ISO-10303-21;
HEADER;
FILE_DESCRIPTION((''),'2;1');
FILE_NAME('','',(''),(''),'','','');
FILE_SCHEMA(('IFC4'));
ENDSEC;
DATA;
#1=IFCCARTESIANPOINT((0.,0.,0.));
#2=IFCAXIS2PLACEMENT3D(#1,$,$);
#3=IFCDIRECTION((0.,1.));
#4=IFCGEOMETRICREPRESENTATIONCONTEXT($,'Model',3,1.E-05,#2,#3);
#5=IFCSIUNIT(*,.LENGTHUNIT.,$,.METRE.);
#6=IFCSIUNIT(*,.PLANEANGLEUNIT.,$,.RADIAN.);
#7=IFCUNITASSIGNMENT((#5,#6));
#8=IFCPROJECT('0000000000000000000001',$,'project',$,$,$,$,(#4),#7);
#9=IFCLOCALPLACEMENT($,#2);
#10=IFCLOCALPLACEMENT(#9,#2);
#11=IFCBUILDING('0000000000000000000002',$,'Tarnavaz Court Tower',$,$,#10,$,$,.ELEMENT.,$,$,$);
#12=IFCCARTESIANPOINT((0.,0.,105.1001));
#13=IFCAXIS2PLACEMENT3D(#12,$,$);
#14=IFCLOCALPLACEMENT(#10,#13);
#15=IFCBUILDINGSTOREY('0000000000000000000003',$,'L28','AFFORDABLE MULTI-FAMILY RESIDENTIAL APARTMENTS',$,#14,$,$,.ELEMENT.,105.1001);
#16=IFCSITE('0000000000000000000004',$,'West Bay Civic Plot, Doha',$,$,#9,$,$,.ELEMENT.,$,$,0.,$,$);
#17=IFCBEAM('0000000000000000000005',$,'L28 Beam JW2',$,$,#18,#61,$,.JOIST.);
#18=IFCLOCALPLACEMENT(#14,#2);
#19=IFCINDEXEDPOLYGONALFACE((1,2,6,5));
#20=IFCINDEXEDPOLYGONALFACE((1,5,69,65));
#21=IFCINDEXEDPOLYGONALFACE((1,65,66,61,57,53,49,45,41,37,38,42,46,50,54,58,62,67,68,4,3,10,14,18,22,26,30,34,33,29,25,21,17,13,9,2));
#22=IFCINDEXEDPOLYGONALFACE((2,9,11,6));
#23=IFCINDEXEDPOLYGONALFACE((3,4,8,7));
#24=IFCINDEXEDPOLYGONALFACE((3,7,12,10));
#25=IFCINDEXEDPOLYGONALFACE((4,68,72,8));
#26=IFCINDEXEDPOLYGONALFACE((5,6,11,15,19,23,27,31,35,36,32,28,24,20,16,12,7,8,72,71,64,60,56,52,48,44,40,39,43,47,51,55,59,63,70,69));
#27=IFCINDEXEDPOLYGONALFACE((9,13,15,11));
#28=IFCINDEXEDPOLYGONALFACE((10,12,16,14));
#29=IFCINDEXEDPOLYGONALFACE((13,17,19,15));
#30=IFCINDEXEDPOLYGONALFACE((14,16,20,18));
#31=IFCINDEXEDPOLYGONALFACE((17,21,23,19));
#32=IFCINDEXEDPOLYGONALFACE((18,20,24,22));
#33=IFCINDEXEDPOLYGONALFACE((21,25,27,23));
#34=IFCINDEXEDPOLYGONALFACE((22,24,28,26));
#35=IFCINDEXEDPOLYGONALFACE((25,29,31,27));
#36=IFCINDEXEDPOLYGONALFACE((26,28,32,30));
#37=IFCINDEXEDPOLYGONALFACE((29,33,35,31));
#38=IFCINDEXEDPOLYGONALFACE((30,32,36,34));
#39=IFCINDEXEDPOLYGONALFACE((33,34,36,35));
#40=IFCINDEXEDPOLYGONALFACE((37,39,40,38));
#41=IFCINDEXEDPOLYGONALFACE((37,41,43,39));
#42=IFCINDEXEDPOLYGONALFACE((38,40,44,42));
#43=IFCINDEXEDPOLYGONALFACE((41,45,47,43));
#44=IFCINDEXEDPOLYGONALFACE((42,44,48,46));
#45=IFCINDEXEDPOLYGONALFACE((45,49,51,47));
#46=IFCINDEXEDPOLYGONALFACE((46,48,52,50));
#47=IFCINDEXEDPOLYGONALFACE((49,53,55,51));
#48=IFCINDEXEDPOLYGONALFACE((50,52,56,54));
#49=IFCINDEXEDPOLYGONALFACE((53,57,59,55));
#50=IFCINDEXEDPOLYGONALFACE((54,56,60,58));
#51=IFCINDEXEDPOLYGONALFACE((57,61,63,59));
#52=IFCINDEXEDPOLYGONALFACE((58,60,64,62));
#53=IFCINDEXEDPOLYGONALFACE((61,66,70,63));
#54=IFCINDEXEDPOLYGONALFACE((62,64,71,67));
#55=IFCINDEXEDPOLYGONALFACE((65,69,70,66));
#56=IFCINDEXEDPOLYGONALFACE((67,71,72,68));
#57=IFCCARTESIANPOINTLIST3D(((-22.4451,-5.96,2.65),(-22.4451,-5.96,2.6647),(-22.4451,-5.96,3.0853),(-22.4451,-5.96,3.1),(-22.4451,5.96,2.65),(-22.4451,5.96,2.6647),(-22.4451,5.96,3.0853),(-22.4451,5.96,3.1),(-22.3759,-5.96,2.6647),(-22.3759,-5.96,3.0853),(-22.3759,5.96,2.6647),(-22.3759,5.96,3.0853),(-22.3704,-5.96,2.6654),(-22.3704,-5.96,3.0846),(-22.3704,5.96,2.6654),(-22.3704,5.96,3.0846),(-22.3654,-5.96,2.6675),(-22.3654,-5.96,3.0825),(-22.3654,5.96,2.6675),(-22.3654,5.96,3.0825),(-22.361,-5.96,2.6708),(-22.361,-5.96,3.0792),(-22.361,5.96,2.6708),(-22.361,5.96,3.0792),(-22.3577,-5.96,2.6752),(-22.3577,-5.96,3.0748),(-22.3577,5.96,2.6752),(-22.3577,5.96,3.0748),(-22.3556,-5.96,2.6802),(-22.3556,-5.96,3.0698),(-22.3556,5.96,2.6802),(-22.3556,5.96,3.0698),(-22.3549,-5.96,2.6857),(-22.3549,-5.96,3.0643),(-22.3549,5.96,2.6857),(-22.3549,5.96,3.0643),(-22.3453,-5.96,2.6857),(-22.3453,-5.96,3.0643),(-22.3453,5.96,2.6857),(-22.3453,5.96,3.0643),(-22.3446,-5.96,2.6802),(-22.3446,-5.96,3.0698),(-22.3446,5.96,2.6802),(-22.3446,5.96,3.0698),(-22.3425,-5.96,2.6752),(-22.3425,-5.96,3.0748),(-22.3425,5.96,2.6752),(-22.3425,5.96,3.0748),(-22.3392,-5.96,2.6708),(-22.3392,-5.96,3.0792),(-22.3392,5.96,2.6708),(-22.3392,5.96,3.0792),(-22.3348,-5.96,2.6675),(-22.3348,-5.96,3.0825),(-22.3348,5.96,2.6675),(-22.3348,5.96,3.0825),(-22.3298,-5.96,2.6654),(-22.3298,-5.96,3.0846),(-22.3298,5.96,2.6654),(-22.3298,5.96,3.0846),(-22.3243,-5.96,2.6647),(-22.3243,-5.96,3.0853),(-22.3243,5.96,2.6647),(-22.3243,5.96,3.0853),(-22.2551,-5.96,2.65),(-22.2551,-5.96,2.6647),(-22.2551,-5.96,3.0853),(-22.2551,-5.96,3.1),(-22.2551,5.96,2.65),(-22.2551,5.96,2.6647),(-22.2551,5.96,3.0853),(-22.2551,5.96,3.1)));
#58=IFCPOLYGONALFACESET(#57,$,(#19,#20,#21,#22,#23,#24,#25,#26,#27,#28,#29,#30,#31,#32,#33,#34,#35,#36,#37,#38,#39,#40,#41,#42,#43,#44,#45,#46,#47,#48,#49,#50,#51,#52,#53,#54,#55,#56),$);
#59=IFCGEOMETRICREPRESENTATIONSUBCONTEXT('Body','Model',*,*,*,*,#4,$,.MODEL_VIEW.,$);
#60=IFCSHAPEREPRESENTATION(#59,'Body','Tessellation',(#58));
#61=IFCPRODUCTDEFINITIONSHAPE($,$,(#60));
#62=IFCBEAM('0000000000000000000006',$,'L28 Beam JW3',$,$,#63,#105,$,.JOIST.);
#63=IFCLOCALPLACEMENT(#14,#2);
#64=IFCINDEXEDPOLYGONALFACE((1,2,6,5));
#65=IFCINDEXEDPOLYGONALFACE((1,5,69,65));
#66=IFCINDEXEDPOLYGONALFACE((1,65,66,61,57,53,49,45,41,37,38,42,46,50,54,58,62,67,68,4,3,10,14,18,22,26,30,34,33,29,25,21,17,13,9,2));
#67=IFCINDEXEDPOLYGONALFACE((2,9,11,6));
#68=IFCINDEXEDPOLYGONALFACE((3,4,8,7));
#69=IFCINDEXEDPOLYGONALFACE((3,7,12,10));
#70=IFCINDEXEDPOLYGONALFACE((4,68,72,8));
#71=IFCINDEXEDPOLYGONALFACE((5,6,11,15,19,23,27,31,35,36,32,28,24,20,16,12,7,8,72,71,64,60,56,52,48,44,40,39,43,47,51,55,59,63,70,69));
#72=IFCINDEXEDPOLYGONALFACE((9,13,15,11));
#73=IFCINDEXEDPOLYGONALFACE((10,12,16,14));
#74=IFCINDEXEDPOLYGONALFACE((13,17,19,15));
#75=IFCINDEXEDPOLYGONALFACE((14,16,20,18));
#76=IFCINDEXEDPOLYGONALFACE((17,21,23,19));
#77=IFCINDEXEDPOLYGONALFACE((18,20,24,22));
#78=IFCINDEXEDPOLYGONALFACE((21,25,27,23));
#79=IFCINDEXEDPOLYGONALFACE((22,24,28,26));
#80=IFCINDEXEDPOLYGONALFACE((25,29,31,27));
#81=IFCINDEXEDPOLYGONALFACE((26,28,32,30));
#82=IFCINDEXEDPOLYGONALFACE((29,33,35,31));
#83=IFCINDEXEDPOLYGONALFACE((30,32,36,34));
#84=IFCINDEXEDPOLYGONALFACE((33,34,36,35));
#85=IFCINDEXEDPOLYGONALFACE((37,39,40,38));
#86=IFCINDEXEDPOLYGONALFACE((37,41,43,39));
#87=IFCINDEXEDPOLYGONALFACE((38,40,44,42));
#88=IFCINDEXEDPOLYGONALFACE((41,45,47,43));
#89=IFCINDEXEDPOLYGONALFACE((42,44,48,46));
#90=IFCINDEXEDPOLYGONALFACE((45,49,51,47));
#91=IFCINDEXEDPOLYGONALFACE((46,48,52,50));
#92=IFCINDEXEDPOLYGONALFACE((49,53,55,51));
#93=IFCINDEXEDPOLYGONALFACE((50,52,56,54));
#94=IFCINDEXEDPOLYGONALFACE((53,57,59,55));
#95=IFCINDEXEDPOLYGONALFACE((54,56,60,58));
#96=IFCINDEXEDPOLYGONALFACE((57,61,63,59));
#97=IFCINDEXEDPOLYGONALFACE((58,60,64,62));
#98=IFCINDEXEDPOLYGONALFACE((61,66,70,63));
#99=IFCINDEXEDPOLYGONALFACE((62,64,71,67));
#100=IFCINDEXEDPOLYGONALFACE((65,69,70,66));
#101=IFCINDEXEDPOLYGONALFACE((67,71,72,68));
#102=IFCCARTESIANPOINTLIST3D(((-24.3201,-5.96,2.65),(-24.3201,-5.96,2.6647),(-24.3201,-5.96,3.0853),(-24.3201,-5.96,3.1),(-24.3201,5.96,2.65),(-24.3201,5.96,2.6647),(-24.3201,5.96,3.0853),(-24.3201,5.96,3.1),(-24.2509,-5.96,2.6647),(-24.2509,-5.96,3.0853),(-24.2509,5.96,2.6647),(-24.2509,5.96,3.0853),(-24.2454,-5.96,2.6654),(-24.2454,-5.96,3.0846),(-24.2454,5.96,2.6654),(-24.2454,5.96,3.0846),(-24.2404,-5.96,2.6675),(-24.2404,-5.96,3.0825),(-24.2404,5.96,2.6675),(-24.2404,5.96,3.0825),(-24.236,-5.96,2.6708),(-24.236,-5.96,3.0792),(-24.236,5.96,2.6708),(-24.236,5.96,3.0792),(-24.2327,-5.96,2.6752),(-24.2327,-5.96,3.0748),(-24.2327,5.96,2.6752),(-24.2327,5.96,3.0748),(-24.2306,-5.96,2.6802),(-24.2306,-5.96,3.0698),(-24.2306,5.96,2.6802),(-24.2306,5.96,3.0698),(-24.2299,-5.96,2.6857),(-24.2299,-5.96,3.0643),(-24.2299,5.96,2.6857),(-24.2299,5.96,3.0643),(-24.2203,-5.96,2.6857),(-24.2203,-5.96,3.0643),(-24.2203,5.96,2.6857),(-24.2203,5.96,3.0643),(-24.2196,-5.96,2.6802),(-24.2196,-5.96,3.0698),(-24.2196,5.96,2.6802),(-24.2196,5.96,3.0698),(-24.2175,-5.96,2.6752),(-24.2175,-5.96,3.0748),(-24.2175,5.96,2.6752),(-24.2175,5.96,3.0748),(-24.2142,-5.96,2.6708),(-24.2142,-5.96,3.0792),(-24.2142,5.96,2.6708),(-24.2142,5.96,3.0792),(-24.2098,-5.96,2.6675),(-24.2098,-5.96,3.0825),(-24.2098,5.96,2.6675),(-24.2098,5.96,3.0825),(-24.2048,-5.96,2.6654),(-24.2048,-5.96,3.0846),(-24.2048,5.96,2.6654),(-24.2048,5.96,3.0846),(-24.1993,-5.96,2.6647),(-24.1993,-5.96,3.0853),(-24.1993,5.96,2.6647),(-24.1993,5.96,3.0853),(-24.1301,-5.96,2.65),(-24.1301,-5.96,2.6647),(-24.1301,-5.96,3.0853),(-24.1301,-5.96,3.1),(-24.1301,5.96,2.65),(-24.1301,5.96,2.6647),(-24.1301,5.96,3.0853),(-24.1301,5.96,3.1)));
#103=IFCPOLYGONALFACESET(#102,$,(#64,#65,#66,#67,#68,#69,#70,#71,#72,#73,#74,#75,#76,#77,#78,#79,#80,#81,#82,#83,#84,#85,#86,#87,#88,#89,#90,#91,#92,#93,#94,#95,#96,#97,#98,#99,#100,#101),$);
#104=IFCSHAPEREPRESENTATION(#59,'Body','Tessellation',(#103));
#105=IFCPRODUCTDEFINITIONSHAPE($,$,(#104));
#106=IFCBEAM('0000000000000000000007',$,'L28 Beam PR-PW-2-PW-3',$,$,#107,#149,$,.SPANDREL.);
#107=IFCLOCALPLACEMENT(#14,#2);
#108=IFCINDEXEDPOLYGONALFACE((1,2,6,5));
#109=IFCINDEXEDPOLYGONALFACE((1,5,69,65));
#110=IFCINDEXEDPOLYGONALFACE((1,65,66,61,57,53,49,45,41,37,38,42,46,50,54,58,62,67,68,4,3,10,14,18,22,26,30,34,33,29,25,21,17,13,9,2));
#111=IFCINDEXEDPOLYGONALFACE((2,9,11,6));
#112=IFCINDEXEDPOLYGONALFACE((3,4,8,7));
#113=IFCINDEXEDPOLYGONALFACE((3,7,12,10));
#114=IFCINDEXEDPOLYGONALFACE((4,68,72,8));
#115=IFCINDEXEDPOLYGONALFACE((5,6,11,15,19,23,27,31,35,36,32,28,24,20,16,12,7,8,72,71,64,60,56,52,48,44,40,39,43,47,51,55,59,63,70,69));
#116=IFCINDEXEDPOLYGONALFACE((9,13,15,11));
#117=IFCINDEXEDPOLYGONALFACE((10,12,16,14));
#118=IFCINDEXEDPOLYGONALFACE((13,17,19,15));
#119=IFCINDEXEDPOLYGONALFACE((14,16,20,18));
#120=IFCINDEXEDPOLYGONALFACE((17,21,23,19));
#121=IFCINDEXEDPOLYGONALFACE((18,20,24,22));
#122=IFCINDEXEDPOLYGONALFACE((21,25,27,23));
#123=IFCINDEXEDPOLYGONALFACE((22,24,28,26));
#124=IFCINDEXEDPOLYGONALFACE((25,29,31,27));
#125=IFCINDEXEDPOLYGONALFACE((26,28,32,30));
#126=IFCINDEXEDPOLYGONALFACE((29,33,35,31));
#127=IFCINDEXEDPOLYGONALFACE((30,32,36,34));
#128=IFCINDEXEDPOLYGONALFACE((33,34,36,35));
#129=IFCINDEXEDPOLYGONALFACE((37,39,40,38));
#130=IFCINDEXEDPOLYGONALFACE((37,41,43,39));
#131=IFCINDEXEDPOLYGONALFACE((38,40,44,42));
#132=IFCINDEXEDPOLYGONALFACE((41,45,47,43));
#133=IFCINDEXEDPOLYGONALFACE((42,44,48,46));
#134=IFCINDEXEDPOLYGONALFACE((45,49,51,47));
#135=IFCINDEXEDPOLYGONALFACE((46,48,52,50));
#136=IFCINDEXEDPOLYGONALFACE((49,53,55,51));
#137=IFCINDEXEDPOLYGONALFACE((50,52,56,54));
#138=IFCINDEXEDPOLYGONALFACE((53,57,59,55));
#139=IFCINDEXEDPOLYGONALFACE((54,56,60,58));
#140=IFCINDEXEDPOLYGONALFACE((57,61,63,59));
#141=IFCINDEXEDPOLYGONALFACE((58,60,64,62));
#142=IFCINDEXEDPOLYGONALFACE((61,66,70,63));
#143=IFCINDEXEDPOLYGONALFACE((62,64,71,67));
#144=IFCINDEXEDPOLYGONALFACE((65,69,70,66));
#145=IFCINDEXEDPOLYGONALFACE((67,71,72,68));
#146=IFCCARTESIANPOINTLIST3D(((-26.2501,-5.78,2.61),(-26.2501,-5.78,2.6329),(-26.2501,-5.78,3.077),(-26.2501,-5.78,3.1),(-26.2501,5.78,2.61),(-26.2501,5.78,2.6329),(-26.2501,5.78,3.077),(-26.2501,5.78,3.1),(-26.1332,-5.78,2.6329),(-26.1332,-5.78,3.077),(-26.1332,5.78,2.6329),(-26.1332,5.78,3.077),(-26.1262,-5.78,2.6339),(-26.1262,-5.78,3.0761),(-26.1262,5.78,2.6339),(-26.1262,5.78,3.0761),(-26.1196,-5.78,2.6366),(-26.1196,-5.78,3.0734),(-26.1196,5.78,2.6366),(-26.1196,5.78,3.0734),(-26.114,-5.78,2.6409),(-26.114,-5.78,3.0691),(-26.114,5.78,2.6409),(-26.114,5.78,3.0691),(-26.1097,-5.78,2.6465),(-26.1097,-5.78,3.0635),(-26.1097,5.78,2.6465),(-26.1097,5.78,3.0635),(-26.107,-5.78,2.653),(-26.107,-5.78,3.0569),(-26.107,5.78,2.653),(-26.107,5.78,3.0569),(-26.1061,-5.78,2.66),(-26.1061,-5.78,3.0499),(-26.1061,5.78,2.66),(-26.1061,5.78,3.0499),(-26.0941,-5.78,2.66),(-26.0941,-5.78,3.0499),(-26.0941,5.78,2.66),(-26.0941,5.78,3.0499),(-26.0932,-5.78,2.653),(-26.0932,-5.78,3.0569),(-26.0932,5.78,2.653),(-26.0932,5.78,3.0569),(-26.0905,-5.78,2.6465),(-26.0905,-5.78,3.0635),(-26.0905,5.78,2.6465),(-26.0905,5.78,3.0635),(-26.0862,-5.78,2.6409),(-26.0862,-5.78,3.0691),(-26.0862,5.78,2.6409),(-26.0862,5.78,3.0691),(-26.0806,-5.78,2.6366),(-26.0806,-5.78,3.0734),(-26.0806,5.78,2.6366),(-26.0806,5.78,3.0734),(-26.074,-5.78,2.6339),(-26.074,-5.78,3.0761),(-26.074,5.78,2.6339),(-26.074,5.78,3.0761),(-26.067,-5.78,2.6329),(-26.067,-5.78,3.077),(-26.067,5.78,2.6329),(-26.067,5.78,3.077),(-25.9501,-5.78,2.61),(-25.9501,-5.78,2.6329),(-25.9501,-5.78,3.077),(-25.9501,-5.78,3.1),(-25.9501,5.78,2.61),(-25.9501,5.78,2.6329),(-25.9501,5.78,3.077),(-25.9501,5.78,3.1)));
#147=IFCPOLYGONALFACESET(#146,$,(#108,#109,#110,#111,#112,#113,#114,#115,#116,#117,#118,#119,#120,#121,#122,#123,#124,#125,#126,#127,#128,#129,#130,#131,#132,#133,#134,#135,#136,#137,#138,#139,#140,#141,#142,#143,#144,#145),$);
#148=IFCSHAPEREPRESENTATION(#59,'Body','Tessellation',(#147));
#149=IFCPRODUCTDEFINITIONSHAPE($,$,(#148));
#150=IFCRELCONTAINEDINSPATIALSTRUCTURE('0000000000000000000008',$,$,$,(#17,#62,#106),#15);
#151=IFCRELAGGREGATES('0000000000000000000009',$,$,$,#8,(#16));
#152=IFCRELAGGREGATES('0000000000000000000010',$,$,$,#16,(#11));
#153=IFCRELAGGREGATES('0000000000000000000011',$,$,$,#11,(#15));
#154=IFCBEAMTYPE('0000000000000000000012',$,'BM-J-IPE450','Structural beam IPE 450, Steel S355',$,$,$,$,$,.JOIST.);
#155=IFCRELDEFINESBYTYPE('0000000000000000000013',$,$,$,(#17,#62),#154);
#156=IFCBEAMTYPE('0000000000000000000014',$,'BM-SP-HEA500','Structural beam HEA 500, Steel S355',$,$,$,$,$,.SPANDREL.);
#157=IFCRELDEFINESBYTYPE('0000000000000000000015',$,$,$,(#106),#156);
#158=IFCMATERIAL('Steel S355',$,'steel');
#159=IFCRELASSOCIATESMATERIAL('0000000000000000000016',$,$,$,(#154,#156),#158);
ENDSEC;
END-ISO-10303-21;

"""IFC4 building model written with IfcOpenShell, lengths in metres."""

from ifc_helpers import new_model, si_unit, direction, frame, origin, origin_2d, place, context, subcontext, project, spatial, i_section, extrude, material, material_profile, profile_set, type_object, element, save


model = new_model("IFC4")

# Units and contexts
model_context = context("Model", 3, precision=1e-05, world=origin(), true_north=direction((0.0, 1.0)))
body_context = subcontext(model_context, "Body", "Model", "MODEL_VIEW")
ifc_project = project(units=[si_unit("LENGTHUNIT", "METRE"), si_unit("PLANEANGLEUNIT", "RADIAN")], contexts=[model_context])

# Site, building, storey
site_placement = place(None, origin())
site = spatial("IfcSite", under=ifc_project, at=site_placement, Name="West Bay Civic Plot, Doha", CompositionType="ELEMENT", RefElevation=0.0)
building_placement = place(site_placement, origin())
building = spatial("IfcBuilding", under=site, at=building_placement, Name="Tarnavaz Court Tower", CompositionType="ELEMENT")
storey_placement = place(building_placement, frame((0.0, 0.0, 105.1001)))
storey = spatial("IfcBuildingStorey", under=building, at=storey_placement, Name="L28", Description="AFFORDABLE MULTI-FAMILY RESIDENTIAL APARTMENTS", CompositionType="ELEMENT", Elevation=105.1001)

# Beams
ifc_material_1 = material(Name="Steel S355", Category="steel")
ifc_material_profile_1 = material_profile(ifc_material_1, i_section(OverallWidth=0.1899, OverallDepth=0.45, WebThickness=0.0095, FlangeThickness=0.0146, FilletRadius=0.021, at=origin_2d()), Name="IPE 450")
ifc_profile_set_1 = profile_set([ifc_material_profile_1], Name="Steel S355")
beam_type_1 = type_object("IfcBeamType", Name="BM-J-IPE450", Description="Structural beam IPE 450, Steel S355", PredefinedType="JOIST", material=ifc_profile_set_1)
for number, where, z_axis, x_axis, name in (
    (1, (-22.3501, -5.96, 2.875), (0.0, 1.0, 0.0), (-1.0, 0.0, 0.0), "L28 Beam JW2"),
    (2, (-24.2251, -5.96, 2.875), (0.0, 1.0, 0.0), (-1.0, 0.0, 0.0), "L28 Beam JW3"),
):
    element("IfcBeam", number, at=place(storey_placement, frame(where, z_axis=z_axis, x_axis=x_axis)), inside=storey, type_object=beam_type_1, Name=name, PredefinedType="JOIST", context=body_context, shape_type="SweptSolid", body=[
        extrude(i_section(OverallWidth=0.1899, OverallDepth=0.45, WebThickness=0.0095, FlangeThickness=0.0146, FilletRadius=0.021, at=origin_2d()), origin(), (0.0, 0.0, 1.0), 11.9199),
    ])
ifc_material_profile_2 = material_profile(ifc_material_1, i_section(OverallWidth=0.3, OverallDepth=0.49, WebThickness=0.012, FlangeThickness=0.0229, FilletRadius=0.0271, at=origin_2d()), Name="HEA 500")
ifc_profile_set_2 = profile_set([ifc_material_profile_2], Name="Steel S355")
beam_type_2 = type_object("IfcBeamType", Name="BM-SP-HEA500", Description="Structural beam HEA 500, Steel S355", PredefinedType="SPANDREL", material=ifc_profile_set_2)
beam_1_placement = place(storey_placement, frame((-26.1001, -5.78, 2.855), z_axis=(0.0, 1.0, 0.0), x_axis=(-1.0, 0.0, 0.0)))
element("IfcBeam", 3, at=beam_1_placement, inside=storey, type_object=beam_type_2, Name="L28 Beam PR-PW-2-PW-3", PredefinedType="SPANDREL", context=body_context, shape_type="SweptSolid", body=[
    extrude(i_section(OverallWidth=0.3, OverallDepth=0.49, WebThickness=0.012, FlangeThickness=0.0229, FilletRadius=0.0271, at=origin_2d()), origin(), (0.0, 0.0, 1.0), 11.5601),
])

save(model, "model.ifc")
